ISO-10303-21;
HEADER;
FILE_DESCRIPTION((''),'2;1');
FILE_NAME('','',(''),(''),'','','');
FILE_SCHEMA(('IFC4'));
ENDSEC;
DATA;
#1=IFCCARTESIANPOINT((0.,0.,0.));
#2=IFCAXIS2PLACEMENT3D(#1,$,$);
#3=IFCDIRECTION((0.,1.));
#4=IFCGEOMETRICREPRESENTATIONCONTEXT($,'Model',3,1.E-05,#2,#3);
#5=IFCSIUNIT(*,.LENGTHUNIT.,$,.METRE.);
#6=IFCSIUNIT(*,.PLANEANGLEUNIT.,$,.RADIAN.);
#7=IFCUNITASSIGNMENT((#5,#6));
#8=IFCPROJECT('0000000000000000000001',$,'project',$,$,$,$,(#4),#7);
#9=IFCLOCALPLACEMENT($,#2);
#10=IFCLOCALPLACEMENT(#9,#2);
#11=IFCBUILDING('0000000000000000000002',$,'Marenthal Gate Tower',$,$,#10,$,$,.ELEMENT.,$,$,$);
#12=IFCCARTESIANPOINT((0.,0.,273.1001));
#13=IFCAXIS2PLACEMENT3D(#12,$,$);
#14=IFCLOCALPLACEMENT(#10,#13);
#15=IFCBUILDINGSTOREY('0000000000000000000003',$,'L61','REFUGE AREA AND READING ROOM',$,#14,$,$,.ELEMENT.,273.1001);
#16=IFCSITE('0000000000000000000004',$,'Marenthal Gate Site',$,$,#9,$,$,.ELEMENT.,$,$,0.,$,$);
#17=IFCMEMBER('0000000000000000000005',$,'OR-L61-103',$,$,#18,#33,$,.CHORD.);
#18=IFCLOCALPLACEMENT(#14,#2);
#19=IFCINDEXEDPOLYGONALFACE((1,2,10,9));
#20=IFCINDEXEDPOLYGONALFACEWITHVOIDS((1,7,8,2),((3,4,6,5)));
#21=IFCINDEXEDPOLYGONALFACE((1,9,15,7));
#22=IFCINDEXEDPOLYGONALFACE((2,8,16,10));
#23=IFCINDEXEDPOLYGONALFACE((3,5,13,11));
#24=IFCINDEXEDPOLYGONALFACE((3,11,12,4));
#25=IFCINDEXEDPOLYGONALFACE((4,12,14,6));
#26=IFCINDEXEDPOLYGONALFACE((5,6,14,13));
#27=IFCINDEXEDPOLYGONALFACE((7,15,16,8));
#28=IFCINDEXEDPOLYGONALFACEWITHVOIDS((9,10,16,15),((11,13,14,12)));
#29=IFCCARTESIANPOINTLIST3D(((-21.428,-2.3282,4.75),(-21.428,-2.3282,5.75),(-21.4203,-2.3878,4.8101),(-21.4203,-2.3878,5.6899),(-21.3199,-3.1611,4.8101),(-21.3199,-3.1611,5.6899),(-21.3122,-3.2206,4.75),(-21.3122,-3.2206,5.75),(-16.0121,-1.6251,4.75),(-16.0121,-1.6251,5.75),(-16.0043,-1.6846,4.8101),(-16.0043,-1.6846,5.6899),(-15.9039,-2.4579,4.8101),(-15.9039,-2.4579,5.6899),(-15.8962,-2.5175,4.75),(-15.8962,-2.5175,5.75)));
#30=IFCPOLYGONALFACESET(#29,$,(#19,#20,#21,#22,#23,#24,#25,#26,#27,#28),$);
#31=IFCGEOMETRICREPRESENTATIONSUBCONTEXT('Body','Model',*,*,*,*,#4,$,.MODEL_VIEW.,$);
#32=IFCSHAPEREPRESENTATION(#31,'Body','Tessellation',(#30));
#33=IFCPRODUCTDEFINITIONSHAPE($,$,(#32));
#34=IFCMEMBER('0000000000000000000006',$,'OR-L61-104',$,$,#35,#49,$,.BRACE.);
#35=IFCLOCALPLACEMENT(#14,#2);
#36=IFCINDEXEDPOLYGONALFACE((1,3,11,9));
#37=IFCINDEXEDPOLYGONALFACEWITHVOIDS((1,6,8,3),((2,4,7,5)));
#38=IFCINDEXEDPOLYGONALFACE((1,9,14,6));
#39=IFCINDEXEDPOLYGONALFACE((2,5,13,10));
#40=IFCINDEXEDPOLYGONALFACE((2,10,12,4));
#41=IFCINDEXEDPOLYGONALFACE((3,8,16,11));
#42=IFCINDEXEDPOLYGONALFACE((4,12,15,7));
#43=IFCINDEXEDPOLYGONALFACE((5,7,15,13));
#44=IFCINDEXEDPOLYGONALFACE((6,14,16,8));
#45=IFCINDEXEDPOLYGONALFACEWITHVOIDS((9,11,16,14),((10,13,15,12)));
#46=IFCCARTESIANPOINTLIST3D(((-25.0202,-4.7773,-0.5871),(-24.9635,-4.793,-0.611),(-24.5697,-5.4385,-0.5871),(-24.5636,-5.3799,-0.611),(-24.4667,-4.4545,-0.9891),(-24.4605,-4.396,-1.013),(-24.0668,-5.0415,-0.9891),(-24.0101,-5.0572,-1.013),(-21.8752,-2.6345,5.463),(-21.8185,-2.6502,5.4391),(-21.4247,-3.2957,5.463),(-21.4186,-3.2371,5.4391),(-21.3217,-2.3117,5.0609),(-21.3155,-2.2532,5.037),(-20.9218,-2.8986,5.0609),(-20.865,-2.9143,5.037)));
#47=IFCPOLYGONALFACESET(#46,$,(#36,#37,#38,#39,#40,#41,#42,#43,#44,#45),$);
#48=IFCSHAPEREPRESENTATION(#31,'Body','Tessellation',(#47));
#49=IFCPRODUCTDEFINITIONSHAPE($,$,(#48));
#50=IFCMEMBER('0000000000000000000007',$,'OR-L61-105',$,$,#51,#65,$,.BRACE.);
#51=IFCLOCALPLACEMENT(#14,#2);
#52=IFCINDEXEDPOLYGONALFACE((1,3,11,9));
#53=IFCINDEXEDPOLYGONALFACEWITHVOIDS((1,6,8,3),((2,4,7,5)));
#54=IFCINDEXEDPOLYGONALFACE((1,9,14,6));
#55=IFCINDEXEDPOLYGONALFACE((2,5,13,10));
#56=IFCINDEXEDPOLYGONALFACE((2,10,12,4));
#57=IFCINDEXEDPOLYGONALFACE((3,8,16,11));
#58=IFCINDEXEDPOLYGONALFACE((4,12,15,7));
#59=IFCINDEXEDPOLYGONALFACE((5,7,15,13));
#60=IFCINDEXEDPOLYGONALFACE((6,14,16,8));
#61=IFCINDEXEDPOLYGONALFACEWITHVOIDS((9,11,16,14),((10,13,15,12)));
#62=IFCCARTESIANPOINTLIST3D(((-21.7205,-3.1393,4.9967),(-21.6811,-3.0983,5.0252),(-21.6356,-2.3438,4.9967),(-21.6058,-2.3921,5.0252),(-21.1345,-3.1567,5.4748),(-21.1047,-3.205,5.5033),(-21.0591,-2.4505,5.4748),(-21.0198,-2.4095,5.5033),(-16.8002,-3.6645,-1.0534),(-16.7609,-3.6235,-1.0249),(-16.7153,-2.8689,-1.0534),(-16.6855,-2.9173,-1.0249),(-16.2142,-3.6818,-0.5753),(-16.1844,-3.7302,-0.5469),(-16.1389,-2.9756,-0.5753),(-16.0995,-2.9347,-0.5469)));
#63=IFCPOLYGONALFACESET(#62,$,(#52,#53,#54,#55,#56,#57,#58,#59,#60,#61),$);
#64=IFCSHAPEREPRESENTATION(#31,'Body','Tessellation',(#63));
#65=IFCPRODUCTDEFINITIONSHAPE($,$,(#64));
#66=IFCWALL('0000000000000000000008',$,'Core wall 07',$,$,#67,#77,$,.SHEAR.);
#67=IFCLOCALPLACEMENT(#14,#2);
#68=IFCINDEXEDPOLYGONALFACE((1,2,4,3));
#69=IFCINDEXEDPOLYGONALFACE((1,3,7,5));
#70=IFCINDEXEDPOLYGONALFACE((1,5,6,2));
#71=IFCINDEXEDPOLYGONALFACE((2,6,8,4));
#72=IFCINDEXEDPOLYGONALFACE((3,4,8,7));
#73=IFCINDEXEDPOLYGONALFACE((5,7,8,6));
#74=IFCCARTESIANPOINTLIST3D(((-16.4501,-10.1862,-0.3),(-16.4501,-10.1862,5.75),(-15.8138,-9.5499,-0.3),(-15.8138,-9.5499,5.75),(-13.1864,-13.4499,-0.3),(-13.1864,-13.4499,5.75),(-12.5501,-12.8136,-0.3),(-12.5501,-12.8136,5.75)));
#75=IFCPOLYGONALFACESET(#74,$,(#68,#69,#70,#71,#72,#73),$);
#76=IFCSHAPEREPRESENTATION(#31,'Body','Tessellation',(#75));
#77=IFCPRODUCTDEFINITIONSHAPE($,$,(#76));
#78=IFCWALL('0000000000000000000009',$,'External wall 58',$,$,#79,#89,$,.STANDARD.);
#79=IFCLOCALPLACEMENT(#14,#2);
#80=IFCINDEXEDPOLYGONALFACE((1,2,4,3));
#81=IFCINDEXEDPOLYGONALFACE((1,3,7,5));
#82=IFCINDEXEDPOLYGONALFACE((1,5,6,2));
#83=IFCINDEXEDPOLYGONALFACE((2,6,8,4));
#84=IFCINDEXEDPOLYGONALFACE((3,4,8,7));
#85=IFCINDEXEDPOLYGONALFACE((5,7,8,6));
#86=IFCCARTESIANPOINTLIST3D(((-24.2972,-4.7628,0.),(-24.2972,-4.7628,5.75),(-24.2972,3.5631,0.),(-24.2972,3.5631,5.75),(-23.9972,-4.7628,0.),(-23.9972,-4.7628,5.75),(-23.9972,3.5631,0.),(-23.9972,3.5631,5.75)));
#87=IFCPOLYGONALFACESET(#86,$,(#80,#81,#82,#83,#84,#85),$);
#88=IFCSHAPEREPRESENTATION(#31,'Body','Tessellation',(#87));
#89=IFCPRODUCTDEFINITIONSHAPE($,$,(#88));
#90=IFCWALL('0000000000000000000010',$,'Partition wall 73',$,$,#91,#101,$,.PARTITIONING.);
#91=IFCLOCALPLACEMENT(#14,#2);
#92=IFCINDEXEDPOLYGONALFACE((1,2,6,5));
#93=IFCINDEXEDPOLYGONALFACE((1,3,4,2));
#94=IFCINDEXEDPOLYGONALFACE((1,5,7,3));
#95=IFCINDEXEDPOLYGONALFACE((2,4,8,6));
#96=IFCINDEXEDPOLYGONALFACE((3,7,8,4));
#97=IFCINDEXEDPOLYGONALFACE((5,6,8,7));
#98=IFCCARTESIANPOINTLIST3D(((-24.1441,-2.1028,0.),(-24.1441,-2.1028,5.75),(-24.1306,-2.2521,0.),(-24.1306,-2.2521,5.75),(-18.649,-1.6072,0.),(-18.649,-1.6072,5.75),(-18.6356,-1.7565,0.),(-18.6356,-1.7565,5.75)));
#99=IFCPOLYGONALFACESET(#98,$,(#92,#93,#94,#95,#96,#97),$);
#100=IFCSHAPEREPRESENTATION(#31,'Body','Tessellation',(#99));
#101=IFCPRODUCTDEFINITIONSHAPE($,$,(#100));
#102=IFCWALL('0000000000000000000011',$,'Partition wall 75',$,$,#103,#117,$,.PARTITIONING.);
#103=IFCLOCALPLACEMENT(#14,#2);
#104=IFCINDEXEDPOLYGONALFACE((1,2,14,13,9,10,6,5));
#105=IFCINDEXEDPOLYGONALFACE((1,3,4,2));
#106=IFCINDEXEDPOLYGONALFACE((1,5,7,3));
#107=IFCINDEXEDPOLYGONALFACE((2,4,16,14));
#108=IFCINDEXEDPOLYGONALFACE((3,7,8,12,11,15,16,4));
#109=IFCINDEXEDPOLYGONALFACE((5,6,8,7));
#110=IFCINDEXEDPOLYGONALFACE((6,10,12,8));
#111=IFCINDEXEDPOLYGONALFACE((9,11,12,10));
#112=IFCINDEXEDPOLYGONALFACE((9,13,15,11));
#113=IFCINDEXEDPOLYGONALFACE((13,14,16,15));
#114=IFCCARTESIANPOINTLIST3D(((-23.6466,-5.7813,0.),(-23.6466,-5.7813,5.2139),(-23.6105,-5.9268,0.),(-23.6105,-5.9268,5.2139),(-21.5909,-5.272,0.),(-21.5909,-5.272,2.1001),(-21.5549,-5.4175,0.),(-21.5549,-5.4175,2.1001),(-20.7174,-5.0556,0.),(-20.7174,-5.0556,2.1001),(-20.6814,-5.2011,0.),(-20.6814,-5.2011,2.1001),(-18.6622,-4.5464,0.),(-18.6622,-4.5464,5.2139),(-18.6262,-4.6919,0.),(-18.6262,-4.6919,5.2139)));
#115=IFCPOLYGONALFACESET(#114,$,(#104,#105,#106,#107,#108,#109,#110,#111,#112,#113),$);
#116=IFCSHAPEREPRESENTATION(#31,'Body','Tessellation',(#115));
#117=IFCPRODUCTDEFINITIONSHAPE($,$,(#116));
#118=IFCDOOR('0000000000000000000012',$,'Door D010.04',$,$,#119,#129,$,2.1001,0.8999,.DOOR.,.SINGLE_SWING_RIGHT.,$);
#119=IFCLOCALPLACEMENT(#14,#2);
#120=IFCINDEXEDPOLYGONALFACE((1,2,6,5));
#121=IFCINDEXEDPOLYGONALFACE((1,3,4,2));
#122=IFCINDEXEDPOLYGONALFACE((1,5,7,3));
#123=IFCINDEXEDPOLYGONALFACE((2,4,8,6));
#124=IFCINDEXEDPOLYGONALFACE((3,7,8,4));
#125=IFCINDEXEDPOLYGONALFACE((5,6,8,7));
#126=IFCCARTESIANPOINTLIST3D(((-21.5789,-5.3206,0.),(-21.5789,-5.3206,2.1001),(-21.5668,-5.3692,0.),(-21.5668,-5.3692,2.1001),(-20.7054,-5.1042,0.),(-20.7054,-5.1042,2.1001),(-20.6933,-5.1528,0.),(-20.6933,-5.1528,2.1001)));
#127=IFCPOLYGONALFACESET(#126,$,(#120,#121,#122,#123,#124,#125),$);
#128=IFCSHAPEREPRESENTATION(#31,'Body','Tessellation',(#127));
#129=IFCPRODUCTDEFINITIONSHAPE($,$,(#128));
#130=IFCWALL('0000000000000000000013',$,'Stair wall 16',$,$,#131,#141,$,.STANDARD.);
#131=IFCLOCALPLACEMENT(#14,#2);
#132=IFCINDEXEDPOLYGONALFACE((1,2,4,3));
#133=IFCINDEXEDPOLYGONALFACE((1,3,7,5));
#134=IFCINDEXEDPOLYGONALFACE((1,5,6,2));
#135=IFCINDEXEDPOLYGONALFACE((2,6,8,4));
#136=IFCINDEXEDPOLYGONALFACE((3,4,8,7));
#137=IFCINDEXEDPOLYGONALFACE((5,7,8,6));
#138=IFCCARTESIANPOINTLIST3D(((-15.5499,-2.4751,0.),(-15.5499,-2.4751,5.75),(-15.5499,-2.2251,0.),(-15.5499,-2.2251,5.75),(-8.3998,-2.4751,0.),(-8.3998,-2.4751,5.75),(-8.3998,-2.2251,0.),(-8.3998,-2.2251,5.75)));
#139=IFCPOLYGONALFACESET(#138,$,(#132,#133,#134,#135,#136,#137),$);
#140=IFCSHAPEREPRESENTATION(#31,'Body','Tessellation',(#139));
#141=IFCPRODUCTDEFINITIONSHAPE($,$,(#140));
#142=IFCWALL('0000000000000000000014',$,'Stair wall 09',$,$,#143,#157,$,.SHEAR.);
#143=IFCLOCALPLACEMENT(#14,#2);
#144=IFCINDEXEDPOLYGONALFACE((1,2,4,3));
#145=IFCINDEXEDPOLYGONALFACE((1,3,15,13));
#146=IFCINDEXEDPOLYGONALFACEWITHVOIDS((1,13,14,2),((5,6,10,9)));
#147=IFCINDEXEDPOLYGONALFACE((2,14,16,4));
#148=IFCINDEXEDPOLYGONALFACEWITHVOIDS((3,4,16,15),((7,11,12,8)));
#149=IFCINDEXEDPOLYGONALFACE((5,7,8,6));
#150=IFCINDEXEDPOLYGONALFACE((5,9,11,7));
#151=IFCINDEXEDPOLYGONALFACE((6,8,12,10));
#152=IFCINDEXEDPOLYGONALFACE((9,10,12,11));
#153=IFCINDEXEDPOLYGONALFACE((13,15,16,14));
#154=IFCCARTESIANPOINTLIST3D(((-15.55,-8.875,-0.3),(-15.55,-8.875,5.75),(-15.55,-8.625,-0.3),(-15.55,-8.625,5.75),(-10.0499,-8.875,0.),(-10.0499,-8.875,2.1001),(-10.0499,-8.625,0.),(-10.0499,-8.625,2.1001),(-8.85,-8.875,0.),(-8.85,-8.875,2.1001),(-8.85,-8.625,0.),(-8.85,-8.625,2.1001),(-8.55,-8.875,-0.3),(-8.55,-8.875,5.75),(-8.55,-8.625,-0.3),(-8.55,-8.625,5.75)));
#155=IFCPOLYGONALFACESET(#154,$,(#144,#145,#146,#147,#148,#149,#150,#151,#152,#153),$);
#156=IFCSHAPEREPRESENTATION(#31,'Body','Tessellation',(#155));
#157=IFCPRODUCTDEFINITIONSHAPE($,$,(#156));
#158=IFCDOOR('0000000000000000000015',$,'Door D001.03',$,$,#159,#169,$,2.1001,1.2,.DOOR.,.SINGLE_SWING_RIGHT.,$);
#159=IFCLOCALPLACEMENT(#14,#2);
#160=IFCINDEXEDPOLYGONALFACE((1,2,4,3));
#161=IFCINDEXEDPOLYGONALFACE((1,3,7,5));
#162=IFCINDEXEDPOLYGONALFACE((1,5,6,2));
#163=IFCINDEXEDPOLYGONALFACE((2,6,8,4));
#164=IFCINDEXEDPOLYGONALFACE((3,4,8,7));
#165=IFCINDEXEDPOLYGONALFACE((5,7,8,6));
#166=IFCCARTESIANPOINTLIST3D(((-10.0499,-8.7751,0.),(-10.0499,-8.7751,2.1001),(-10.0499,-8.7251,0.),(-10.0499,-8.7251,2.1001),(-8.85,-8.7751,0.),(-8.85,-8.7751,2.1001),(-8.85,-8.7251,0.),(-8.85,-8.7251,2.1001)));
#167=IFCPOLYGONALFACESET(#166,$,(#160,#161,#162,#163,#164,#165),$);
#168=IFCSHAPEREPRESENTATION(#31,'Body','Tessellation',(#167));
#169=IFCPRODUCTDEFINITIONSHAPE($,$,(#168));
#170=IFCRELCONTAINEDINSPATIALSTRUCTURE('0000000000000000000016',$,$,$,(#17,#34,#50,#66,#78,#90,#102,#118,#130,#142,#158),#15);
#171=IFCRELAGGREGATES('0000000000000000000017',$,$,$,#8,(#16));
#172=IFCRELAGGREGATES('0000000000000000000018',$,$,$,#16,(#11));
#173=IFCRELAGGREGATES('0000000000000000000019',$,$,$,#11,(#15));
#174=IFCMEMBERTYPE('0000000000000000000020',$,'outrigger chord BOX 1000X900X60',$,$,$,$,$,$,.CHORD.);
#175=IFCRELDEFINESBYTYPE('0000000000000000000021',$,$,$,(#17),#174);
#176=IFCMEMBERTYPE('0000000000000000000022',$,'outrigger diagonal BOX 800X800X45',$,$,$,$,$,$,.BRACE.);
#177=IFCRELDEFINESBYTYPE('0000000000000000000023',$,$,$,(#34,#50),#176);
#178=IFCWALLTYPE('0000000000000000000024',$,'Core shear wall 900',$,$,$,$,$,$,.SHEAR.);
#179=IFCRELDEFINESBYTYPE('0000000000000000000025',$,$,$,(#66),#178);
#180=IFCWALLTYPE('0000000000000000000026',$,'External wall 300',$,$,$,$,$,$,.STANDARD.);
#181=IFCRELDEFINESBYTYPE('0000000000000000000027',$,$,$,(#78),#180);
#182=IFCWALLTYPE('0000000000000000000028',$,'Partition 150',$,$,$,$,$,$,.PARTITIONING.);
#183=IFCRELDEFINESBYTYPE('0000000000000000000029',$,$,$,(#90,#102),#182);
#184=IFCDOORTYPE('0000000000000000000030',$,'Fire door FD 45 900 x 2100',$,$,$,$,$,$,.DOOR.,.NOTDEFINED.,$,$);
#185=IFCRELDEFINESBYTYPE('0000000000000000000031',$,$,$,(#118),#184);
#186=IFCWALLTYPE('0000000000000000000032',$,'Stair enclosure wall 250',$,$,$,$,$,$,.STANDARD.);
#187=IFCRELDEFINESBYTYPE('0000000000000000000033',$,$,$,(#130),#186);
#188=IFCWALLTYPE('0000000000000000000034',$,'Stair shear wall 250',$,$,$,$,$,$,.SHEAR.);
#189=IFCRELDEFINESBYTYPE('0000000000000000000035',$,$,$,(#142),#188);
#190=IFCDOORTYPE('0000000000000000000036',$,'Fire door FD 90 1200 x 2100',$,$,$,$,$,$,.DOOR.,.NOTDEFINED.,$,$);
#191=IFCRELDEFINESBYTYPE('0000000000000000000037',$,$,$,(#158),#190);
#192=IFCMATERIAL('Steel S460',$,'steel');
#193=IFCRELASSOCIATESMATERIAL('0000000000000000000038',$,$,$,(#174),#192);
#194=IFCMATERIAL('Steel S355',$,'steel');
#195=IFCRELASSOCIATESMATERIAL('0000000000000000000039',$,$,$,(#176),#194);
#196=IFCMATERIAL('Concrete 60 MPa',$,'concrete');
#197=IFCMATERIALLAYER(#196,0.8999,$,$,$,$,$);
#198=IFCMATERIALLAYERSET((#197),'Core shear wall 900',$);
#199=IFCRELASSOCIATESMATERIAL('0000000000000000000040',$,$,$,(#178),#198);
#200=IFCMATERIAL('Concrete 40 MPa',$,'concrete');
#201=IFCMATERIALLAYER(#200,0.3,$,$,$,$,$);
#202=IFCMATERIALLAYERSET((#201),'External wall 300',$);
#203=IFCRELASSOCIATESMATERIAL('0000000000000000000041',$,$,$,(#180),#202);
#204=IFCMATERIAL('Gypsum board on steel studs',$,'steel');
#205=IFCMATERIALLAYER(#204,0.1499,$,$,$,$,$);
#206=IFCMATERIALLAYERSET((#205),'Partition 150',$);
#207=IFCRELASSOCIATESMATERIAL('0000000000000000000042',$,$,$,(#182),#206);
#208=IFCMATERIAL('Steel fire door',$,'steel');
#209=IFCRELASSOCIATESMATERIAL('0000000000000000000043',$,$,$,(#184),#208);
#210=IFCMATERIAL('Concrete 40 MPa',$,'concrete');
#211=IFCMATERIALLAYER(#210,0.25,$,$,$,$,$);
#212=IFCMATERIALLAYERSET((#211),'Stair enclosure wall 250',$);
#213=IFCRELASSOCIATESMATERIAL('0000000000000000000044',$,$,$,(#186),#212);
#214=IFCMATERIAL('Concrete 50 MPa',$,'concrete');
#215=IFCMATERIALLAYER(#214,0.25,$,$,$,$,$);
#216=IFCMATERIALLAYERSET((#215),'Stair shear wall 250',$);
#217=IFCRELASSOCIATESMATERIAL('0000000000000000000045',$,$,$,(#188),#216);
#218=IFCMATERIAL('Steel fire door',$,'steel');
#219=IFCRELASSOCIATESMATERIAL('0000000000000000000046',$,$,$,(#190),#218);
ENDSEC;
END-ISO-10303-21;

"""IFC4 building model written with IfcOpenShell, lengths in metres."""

from ifc_helpers import new_model, si_unit, direction, frame, frame_2d, origin, origin_2d, place, context, subcontext, project, spatial, rectangle, hollow_rectangle, extrude, material, layer, layer_set, material_profile, profile_set, type_object, element, fill, save


model = new_model("IFC4")

# Units and contexts
model_context = context("Model", 3, precision=1e-05, world=origin(), true_north=direction((0.0, 1.0)))
body_context = subcontext(model_context, "Body", "Model", "MODEL_VIEW")
ifc_project = project(units=[si_unit("LENGTHUNIT", "METRE"), si_unit("PLANEANGLEUNIT", "RADIAN")], contexts=[model_context])

# Site, building, storey
site_placement = place(None, origin())
site = spatial("IfcSite", under=ifc_project, at=site_placement, Name="Marenthal Gate Site", CompositionType="ELEMENT", RefElevation=0.0)
building_placement = place(site_placement, origin())
building = spatial("IfcBuilding", under=site, at=building_placement, Name="Marenthal Gate Tower", CompositionType="ELEMENT")
storey_placement = place(building_placement, frame((0.0, 0.0, 273.1001)))
storey = spatial("IfcBuildingStorey", under=building, at=storey_placement, Name="L61", Description="REFUGE AREA AND READING ROOM", CompositionType="ELEMENT", Elevation=273.1001)

# Members
ifc_material_1 = material(Name="Steel S460", Category="steel")
ifc_material_profile_1 = material_profile(ifc_material_1, hollow_rectangle(XDim=0.8999, YDim=1.0, WallThickness=0.0601, at=origin_2d()), Name="BOX 1000X900X60")
ifc_profile_set_1 = profile_set([ifc_material_profile_1], Name="Steel S460")
member_type_1 = type_object("IfcMemberType", Name="outrigger chord BOX 1000X900X60", PredefinedType="CHORD", material=ifc_profile_set_1)
member_1_placement = place(storey_placement, frame((-21.3701, -2.7744, 5.25), z_axis=(0.991678, 0.128743, 0.0), x_axis=(-0.128743, 0.991678, 0.0)))
element("IfcMember", 1, at=member_1_placement, inside=storey, type_object=member_type_1, Name="OR-L61-103", PredefinedType="CHORD", context=body_context, shape_type="SweptSolid", body=[
    extrude(hollow_rectangle(XDim=0.8999, YDim=1.0, WallThickness=0.0601, at=origin_2d()), origin(), (0.0, 0.0, 1.0), 5.4614),
])
ifc_material_2 = material(Name="Steel S355", Category="steel")
ifc_material_profile_2 = material_profile(ifc_material_2, hollow_rectangle(XDim=0.8, YDim=0.8, WallThickness=0.0449, at=origin_2d()), Name="BOX 800X800X45")
ifc_profile_set_2 = profile_set([ifc_material_profile_2], Name="Steel S355")
member_type_2 = type_object("IfcMemberType", Name="outrigger diagonal BOX 800X800X45", PredefinedType="BRACE", material=ifc_profile_set_2)
member_2_placement = place(storey_placement, frame((-24.5151, -4.9172, -0.8), z_axis=(0.44002, 0.299803, 0.846464), x_axis=(-0.563066, 0.826412, 0.0)))
element("IfcMember", 2, at=member_2_placement, inside=storey, type_object=member_type_2, Name="OR-L61-104", PredefinedType="BRACE", context=body_context, shape_type="SweptSolid", body=[
    extrude(hollow_rectangle(XDim=0.8, YDim=0.8, WallThickness=0.0449, at=origin_2d()), origin(), (0.0, 0.0, 1.0), 7.1475),
])
member_3_placement = place(storey_placement, frame((-21.3701, -2.7744, 5.25), z_axis=(0.629514, -0.06719, -0.774078), x_axis=(0.106131, 0.994352, 0.0)))
element("IfcMember", 3, at=member_3_placement, inside=storey, type_object=member_type_2, Name="OR-L61-105", PredefinedType="BRACE", context=body_context, shape_type="SweptSolid", body=[
    extrude(hollow_rectangle(XDim=0.8, YDim=0.8, WallThickness=0.0449, at=origin_2d()), origin(), (0.0, 0.0, 1.0), 7.8159),
])

# Walls
ifc_material_3 = material(Name="Concrete 60 MPa", Category="concrete")
ifc_layer_1 = layer(ifc_material_3, 0.8999)
ifc_layer_set_1 = layer_set([ifc_layer_1], Name="Core shear wall 900")
wall_type_1 = type_object("IfcWallType", Name="Core shear wall 900", PredefinedType="SHEAR", material=ifc_layer_set_1)
wall_1_placement = place(storey_placement, frame((-16.1318, -9.8682, -0.3), z_axis=(0.0, 0.0, 1.0), x_axis=(0.707107, -0.707107, 0.0)))
element("IfcWall", 4, at=wall_1_placement, inside=storey, type_object=wall_type_1, Name="Core wall 07", PredefinedType="SHEAR", context=body_context, shape_type="SweptSolid", body=[
    extrude(rectangle(XDim=4.6155, YDim=0.8999, at=frame_2d((2.3076, 0.0))), origin(), (0.0, 0.0, 1.0), 6.05),
])
ifc_material_4 = material(Name="Concrete 40 MPa", Category="concrete")
ifc_layer_2 = layer(ifc_material_4, 0.3)
ifc_layer_set_2 = layer_set([ifc_layer_2], Name="External wall 300")
wall_type_2 = type_object("IfcWallType", Name="External wall 300", PredefinedType="STANDARD", material=ifc_layer_set_2)
wall_2_placement = place(storey_placement, frame((-24.1472, -4.7629, 0.0), z_axis=(0.0, 0.0, 1.0), x_axis=(0.0, 1.0, 0.0)))
element("IfcWall", 5, at=wall_2_placement, inside=storey, type_object=wall_type_2, Name="External wall 58", PredefinedType="STANDARD", context=body_context, shape_type="SweptSolid", body=[
    extrude(rectangle(XDim=8.3259, YDim=0.3, at=frame_2d((4.1631, 0.0))), origin(), (0.0, 0.0, 1.0), 5.75),
])
ifc_material_5 = material(Name="Gypsum board on steel studs", Category="steel")
ifc_layer_3 = layer(ifc_material_5, 0.1499)
ifc_layer_set_3 = layer_set([ifc_layer_3], Name="Partition 150")
wall_type_3 = type_object("IfcWallType", Name="Partition 150", PredefinedType="PARTITIONING", material=ifc_layer_set_3)
wall_3_placement = place(storey_placement, frame((-24.1375, -2.1775, 0.0), z_axis=(0.0, 0.0, 1.0), x_axis=(0.995958, 0.089826, 0.0)))
element("IfcWall", 6, at=wall_3_placement, inside=storey, type_object=wall_type_3, Name="Partition wall 73", PredefinedType="PARTITIONING", context=body_context, shape_type="SweptSolid", body=[
    extrude(rectangle(XDim=5.5173, YDim=0.1499, at=frame_2d((2.7588, 0.0))), origin(), (0.0, 0.0, 1.0), 5.75),
])

# Wall, opening, door
wall_4_placement = place(storey_placement, frame((-23.6284, -5.854, 0.0), z_axis=(0.0, 0.0, 1.0), x_axis=(0.970655, 0.240477, 0.0)))
wall_4 = element("IfcWall", 7, at=wall_4_placement, inside=storey, type_object=wall_type_3, Name="Partition wall 75", PredefinedType="PARTITIONING", context=body_context, shape_type="SweptSolid", body=[
    extrude(rectangle(XDim=5.135, YDim=0.1499, at=frame_2d((2.5674, 0.0))), origin(), (0.0, 0.0, 1.0), 5.2139),
])
opening_1_placement = place(wall_4_placement, frame((2.1177, 0.0, 0.0)))
opening_1 = element("IfcOpeningElement", 8, at=opening_1_placement, cuts=wall_4, PredefinedType="OPENING", context=body_context, shape_type="SweptSolid", body=[
    extrude(rectangle(XDim=0.8999, YDim=2.1001, at=frame_2d((0.45, 1.05))), frame((0.0, 0.085, 0.0), z_axis=(0.0, -1.0, 0.0), x_axis=(1.0, 0.0, 0.0)), (0.0, 0.0, 1.0), 0.1699),
])
ifc_material_6 = material(Name="Steel fire door", Category="steel")
door_type_1 = type_object("IfcDoorType", Name="Fire door FD 45 900 x 2100", OperationType="NOTDEFINED", PredefinedType="DOOR", material=ifc_material_6)
door_1_placement = place(opening_1_placement, origin())
door_1 = element("IfcDoor", 9, at=door_1_placement, inside=storey, type_object=door_type_1, Name="Door D010.04", OperationType="SINGLE_SWING_RIGHT", OverallHeight=2.1001, OverallWidth=0.8999, PredefinedType="DOOR", context=body_context, shape_type="SweptSolid", body=[
    extrude(rectangle(XDim=0.8999, YDim=2.1001, at=frame_2d((0.45, 1.05))), frame((0.0, 0.0249, 0.0), z_axis=(0.0, -1.0, 0.0), x_axis=(1.0, 0.0, 0.0)), (0.0, 0.0, 1.0), 0.05),
])
fill(opening_1, door_1)

# Wall
ifc_material_7 = material(Name="Concrete 40 MPa", Category="concrete")
ifc_layer_4 = layer(ifc_material_7, 0.25)
ifc_layer_set_4 = layer_set([ifc_layer_4], Name="Stair enclosure wall 250")
wall_type_4 = type_object("IfcWallType", Name="Stair enclosure wall 250", PredefinedType="STANDARD", material=ifc_layer_set_4)
wall_5_placement = place(storey_placement, frame((-15.55, -2.3501, 0.0), z_axis=(0.0, 0.0, 1.0), x_axis=(1.0, 0.0, 0.0)))
element("IfcWall", 10, at=wall_5_placement, inside=storey, type_object=wall_type_4, Name="Stair wall 16", PredefinedType="STANDARD", context=body_context, shape_type="SweptSolid", body=[
    extrude(rectangle(XDim=7.1501, YDim=0.25, at=frame_2d((3.5752, 0.0))), origin(), (0.0, 0.0, 1.0), 5.75),
])

# Wall, opening, door
ifc_material_8 = material(Name="Concrete 50 MPa", Category="concrete")
ifc_layer_5 = layer(ifc_material_8, 0.25)
ifc_layer_set_5 = layer_set([ifc_layer_5], Name="Stair shear wall 250")
wall_type_5 = type_object("IfcWallType", Name="Stair shear wall 250", PredefinedType="SHEAR", material=ifc_layer_set_5)
wall_6_placement = place(storey_placement, frame((-15.55, -8.75, -0.3), z_axis=(0.0, 0.0, 1.0), x_axis=(1.0, 0.0, 0.0)))
wall_6 = element("IfcWall", 11, at=wall_6_placement, inside=storey, type_object=wall_type_5, Name="Stair wall 09", PredefinedType="SHEAR", context=body_context, shape_type="SweptSolid", body=[
    extrude(rectangle(XDim=7.0, YDim=0.25, at=frame_2d((3.5, 0.0))), origin(), (0.0, 0.0, 1.0), 6.05),
])
opening_2_placement = place(wall_6_placement, frame((5.5, 0.0, 0.3)))
opening_2 = element("IfcOpeningElement", 12, at=opening_2_placement, cuts=wall_6, PredefinedType="OPENING", context=body_context, shape_type="SweptSolid", body=[
    extrude(rectangle(XDim=1.2, YDim=2.1001, at=frame_2d((0.6001, 1.05))), frame((0.0, 0.135, 0.0), z_axis=(0.0, -1.0, 0.0), x_axis=(1.0, 0.0, 0.0)), (0.0, 0.0, 1.0), 0.27),
])
ifc_material_9 = material(Name="Steel fire door", Category="steel")
door_type_2 = type_object("IfcDoorType", Name="Fire door FD 90 1200 x 2100", OperationType="NOTDEFINED", PredefinedType="DOOR", material=ifc_material_9)
door_2_placement = place(opening_2_placement, origin())
door_2 = element("IfcDoor", 13, at=door_2_placement, inside=storey, type_object=door_type_2, Name="Door D001.03", OperationType="SINGLE_SWING_RIGHT", OverallHeight=2.1001, OverallWidth=1.2, PredefinedType="DOOR", context=body_context, shape_type="SweptSolid", body=[
    extrude(rectangle(XDim=1.2, YDim=2.1001, at=frame_2d((0.6001, 1.05))), frame((0.0, 0.0249, 0.0), z_axis=(0.0, -1.0, 0.0), x_axis=(1.0, 0.0, 0.0)), (0.0, 0.0, 1.0), 0.05),
])
fill(opening_2, door_2)

save(model, "model.ifc")
